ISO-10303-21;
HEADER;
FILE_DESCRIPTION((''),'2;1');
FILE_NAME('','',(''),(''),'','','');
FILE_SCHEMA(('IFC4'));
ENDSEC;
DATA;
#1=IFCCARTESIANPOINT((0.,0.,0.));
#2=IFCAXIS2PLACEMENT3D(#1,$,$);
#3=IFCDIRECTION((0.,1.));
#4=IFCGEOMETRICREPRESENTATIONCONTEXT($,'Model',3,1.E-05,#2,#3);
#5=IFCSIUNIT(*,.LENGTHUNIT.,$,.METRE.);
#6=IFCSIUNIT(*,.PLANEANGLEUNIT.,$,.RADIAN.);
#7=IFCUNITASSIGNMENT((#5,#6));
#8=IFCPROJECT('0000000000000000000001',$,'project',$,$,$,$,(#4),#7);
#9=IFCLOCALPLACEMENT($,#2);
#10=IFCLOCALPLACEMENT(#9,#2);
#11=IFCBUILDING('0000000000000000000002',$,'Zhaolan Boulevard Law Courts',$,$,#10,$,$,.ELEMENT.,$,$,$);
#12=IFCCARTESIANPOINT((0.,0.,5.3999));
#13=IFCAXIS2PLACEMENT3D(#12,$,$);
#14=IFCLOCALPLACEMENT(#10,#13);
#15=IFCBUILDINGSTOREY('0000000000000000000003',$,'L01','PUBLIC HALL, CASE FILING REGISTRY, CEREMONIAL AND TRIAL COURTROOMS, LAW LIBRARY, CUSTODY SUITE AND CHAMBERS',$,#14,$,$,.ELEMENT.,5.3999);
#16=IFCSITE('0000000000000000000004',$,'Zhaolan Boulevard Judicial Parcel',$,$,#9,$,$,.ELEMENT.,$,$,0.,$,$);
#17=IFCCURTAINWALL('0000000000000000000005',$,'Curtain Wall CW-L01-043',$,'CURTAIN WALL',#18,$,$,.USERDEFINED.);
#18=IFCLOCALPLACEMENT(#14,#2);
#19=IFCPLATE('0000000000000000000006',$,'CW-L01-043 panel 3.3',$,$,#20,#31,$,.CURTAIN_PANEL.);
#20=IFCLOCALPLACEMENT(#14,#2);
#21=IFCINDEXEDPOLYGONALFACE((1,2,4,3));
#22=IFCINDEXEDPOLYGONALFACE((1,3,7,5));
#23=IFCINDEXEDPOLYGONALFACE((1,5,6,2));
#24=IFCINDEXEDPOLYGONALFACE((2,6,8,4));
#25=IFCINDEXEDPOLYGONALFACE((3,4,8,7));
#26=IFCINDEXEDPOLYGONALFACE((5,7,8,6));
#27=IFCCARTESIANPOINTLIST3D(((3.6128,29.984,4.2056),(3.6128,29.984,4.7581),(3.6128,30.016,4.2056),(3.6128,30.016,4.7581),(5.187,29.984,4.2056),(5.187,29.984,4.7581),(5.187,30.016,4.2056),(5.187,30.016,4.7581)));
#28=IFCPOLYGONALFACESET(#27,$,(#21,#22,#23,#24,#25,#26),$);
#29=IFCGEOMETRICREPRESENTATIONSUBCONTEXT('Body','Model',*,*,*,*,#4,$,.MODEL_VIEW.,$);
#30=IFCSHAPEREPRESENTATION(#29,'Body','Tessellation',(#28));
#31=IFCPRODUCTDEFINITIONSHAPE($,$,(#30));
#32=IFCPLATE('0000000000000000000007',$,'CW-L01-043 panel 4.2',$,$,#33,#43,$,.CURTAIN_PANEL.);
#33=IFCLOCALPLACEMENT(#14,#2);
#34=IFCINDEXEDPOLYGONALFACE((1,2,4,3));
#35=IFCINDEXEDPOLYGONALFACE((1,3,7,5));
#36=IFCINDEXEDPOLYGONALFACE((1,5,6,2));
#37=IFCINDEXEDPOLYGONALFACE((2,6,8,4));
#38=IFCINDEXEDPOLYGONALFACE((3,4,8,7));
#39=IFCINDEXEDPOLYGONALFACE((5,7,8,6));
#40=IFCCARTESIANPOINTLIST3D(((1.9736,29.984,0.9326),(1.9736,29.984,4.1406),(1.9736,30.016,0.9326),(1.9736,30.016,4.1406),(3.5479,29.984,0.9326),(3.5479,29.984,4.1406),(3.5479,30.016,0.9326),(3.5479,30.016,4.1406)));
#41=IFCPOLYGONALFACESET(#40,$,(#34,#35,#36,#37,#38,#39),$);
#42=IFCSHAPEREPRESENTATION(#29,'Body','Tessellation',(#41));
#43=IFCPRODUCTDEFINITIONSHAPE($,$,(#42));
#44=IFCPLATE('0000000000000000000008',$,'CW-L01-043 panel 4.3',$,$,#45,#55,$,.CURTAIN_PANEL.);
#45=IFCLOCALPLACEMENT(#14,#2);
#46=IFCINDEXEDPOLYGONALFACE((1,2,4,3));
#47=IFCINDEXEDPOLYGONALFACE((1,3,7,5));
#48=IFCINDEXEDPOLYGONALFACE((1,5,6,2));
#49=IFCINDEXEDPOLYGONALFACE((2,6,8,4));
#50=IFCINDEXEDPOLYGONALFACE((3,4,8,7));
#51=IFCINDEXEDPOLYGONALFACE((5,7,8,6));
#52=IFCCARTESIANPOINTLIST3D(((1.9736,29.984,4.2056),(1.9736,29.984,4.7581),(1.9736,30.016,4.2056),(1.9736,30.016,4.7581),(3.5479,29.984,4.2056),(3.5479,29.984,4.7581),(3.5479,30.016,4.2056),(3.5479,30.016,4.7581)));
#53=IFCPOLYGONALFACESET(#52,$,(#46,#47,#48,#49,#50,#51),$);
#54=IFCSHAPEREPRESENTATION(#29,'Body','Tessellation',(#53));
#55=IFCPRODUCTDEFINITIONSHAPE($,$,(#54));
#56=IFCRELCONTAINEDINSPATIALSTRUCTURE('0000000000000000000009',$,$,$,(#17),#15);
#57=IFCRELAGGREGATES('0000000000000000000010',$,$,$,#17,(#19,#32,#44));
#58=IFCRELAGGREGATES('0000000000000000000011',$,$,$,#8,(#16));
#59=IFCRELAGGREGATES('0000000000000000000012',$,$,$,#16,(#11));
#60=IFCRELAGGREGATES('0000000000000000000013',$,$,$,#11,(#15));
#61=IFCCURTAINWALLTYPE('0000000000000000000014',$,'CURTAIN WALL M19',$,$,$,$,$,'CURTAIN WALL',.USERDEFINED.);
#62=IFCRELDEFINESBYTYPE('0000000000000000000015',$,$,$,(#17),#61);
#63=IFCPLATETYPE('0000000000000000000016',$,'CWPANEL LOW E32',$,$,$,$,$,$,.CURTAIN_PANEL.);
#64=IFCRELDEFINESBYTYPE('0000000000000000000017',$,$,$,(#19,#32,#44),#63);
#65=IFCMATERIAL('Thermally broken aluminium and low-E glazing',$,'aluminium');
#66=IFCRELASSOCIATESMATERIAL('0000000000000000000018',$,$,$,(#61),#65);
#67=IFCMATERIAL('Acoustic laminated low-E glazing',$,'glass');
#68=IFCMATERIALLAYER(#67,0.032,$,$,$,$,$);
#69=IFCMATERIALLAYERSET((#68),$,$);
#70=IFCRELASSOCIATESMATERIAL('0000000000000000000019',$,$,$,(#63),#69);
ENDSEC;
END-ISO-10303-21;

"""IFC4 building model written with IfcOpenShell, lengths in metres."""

from ifc_helpers import new_model, si_unit, direction, frame, origin, origin_2d, place, context, subcontext, project, spatial, rectangle, extrude, material, layer, layer_set, type_object, element, aggregate, save


model = new_model("IFC4")

# Units and contexts
model_context = context("Model", 3, precision=1e-05, world=origin(), true_north=direction((0.0, 1.0)))
body_context = subcontext(model_context, "Body", "Model", "MODEL_VIEW")
ifc_project = project(units=[si_unit("LENGTHUNIT", "METRE"), si_unit("PLANEANGLEUNIT", "RADIAN")], contexts=[model_context])

# Site, building, storey
site_placement = place(None, origin())
site = spatial("IfcSite", under=ifc_project, at=site_placement, Name="Zhaolan Boulevard Judicial Parcel", CompositionType="ELEMENT", RefElevation=0.0)
building_placement = place(site_placement, origin())
building = spatial("IfcBuilding", under=site, at=building_placement, Name="Zhaolan Boulevard Law Courts", CompositionType="ELEMENT")
storey_placement = place(building_placement, frame((0.0, 0.0, 5.3999)))
storey = spatial("IfcBuildingStorey", under=building, at=storey_placement, Name="L01", Description="PUBLIC HALL, CASE FILING REGISTRY, CEREMONIAL AND TRIAL COURTROOMS, LAW LIBRARY, CUSTODY SUITE AND CHAMBERS", CompositionType="ELEMENT", Elevation=5.3999)

# Curtain wall
ifc_material_1 = material(Name="Thermally broken aluminium and low-E glazing", Category="aluminium")
curtain_wall_type = type_object("IfcCurtainWallType", Name="CURTAIN WALL M19", ElementType="CURTAIN WALL", PredefinedType="USERDEFINED", material=ifc_material_1)
curtain_wall_placement = place(storey_placement, origin())
curtain_wall = element("IfcCurtainWall", 1, at=curtain_wall_placement, inside=storey, type_object=curtain_wall_type, Name="Curtain Wall CW-L01-043", ObjectType="CURTAIN WALL", PredefinedType="USERDEFINED")

# Plates
ifc_material_2 = material(Name="Acoustic laminated low-E glazing", Category="glass")
ifc_layer = layer(ifc_material_2, 0.032)
ifc_layer_set = layer_set([ifc_layer])
plate_type = type_object("IfcPlateType", Name="CWPANEL LOW E32", PredefinedType="CURTAIN_PANEL", material=ifc_layer_set)
plate_1_placement = place(storey_placement, frame((4.3999, 30.0, 4.2056), z_axis=(0.0, 0.0, 1.0), x_axis=(-1.0, 0.0, 0.0)))
plate_1 = element("IfcPlate", 2, at=plate_1_placement, type_object=plate_type, Name="CW-L01-043 panel 3.3", PredefinedType="CURTAIN_PANEL", context=body_context, shape_type="SweptSolid", body=[
    extrude(rectangle(XDim=1.5742, YDim=0.032, at=origin_2d()), origin(), (0.0, 0.0, 1.0), 0.5525),
])
plate_2_placement = place(storey_placement, frame((2.7607, 30.0, 0.9326), z_axis=(0.0, 0.0, 1.0), x_axis=(-1.0, 0.0, 0.0)))
plate_2 = element("IfcPlate", 3, at=plate_2_placement, type_object=plate_type, Name="CW-L01-043 panel 4.2", PredefinedType="CURTAIN_PANEL", context=body_context, shape_type="SweptSolid", body=[
    extrude(rectangle(XDim=1.5742, YDim=0.032, at=origin_2d()), origin(), (0.0, 0.0, 1.0), 3.208),
])
plate_3_placement = place(storey_placement, frame((2.7607, 30.0, 4.2056), z_axis=(0.0, 0.0, 1.0), x_axis=(-1.0, 0.0, 0.0)))
plate_3 = element("IfcPlate", 4, at=plate_3_placement, type_object=plate_type, Name="CW-L01-043 panel 4.3", PredefinedType="CURTAIN_PANEL", context=body_context, shape_type="SweptSolid", body=[
    extrude(rectangle(XDim=1.5742, YDim=0.032, at=origin_2d()), origin(), (0.0, 0.0, 1.0), 0.5525),
])
aggregate(curtain_wall, [plate_1, plate_2, plate_3])

save(model, "model.ifc")
